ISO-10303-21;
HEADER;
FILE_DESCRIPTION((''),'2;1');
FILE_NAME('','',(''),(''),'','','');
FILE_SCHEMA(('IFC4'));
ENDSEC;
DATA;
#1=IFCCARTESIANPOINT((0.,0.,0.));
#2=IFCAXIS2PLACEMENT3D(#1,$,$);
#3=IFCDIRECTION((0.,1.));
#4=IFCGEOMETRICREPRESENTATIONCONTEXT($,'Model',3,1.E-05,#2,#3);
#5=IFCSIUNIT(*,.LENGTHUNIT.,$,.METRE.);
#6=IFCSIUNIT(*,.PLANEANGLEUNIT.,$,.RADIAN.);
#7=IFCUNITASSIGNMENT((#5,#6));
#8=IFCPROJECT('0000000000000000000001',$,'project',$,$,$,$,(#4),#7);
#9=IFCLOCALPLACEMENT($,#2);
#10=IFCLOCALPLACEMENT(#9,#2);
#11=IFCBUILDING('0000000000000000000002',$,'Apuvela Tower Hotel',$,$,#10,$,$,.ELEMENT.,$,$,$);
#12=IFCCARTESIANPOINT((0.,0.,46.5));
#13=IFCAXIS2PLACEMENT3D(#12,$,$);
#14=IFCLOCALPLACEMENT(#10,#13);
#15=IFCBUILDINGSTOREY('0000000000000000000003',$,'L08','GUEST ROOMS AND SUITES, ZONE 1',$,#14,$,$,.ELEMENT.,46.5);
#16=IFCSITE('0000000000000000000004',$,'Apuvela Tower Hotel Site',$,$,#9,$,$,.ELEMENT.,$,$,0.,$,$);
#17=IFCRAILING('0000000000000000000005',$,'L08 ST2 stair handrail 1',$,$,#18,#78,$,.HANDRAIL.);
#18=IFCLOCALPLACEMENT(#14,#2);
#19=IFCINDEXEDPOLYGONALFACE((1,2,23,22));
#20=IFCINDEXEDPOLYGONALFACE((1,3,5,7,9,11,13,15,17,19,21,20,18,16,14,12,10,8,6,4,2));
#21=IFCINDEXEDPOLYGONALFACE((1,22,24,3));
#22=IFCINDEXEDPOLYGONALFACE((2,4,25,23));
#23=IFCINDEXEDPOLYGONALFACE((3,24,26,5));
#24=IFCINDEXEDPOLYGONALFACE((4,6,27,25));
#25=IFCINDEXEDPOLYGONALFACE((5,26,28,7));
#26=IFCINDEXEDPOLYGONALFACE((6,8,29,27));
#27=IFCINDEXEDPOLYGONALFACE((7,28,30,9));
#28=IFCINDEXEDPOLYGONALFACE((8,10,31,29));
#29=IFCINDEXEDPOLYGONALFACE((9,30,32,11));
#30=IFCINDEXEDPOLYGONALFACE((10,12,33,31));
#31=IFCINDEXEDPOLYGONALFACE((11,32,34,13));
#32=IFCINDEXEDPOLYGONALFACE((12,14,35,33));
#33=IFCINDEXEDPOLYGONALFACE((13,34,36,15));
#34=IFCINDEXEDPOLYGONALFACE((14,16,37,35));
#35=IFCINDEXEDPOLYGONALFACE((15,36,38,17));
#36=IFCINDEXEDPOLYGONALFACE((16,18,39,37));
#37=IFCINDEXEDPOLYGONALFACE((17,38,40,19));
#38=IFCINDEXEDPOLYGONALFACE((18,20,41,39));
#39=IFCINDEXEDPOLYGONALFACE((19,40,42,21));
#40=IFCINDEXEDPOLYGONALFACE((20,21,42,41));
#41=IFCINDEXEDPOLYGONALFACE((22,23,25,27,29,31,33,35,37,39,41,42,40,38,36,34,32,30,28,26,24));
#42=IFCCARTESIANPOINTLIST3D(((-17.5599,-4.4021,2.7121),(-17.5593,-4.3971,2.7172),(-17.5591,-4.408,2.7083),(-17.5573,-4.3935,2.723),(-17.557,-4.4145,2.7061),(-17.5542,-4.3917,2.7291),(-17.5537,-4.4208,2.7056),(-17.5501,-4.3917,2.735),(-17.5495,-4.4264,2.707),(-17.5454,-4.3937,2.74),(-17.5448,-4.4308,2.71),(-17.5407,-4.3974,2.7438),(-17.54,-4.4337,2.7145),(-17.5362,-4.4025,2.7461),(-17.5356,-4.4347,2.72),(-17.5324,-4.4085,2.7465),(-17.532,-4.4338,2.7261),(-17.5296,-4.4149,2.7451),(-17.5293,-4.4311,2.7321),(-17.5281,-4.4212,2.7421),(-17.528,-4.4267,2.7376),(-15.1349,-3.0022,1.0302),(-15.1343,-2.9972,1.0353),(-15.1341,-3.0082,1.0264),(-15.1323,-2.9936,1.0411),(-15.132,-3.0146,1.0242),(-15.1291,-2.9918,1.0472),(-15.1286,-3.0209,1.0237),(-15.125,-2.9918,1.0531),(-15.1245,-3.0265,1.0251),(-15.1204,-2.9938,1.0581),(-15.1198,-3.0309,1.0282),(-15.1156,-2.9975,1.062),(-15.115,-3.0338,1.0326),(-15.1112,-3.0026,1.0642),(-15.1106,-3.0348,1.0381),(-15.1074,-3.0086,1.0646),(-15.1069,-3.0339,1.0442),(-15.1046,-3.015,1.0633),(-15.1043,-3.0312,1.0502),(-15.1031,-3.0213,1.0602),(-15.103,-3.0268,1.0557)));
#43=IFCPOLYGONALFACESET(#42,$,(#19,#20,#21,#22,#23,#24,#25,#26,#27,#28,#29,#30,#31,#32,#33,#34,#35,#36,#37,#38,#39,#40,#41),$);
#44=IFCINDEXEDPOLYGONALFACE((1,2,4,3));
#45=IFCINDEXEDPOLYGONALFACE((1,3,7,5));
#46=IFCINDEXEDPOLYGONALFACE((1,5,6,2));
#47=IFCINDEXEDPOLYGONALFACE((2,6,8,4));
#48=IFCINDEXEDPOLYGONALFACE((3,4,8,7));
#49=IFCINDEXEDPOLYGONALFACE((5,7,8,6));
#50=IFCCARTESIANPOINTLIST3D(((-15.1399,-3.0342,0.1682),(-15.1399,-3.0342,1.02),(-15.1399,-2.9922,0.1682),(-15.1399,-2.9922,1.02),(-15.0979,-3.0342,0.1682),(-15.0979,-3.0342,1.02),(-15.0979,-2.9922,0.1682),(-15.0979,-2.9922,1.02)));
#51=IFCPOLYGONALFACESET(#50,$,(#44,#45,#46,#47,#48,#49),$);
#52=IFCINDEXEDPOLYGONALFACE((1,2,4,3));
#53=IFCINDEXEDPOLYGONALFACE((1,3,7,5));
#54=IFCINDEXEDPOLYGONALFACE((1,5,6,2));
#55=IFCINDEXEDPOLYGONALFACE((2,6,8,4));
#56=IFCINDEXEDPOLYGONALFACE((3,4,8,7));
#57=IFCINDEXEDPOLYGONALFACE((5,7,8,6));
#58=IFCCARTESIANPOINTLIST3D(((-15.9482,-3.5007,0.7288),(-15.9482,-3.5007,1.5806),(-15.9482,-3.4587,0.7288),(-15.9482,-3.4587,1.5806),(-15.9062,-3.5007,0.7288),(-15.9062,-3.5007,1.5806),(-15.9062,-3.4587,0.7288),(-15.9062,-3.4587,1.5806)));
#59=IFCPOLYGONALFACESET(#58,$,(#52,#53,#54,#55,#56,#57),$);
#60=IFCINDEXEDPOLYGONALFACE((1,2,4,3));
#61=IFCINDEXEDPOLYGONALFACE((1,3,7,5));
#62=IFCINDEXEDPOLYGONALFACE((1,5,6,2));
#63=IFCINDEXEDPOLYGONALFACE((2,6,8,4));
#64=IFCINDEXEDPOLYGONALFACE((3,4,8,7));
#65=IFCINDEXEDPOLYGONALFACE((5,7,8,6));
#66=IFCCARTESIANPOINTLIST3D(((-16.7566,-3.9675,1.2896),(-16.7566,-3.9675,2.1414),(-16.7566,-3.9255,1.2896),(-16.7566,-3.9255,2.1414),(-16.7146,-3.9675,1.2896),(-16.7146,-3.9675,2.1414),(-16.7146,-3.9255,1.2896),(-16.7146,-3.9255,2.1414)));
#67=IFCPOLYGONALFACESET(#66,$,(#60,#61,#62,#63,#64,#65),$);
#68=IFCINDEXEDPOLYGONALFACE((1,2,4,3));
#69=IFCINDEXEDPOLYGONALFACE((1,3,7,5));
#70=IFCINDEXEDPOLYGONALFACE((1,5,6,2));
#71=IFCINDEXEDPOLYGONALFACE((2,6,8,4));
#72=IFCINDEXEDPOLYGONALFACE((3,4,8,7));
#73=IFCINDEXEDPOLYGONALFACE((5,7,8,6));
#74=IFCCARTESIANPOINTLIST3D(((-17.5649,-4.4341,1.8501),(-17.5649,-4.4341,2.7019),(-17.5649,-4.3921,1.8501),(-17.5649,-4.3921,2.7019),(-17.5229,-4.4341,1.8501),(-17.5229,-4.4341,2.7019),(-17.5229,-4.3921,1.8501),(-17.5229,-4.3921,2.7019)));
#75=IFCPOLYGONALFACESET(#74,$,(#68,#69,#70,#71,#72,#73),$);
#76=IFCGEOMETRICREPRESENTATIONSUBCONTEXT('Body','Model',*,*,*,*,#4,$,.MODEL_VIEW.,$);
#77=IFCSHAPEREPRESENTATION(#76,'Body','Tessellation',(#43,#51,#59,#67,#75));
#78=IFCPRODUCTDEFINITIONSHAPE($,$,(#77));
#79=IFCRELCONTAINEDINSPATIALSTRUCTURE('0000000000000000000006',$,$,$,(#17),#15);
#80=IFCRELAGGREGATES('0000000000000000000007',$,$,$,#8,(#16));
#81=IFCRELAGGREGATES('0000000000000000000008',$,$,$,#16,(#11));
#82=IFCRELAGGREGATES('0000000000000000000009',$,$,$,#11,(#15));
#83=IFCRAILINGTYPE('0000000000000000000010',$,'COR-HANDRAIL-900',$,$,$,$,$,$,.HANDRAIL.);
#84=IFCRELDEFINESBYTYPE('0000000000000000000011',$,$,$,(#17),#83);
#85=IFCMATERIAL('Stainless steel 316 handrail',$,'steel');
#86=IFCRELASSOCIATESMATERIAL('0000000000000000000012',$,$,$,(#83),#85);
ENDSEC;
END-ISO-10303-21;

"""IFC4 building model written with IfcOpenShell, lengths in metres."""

from ifc_helpers import new_model, si_unit, direction, frame, origin, origin_2d, place, context, subcontext, project, spatial, rectangle, circle, extrude, material, type_object, element, save


model = new_model("IFC4")

# Units and contexts
model_context = context("Model", 3, precision=1e-05, world=origin(), true_north=direction((0.0, 1.0)))
body_context = subcontext(model_context, "Body", "Model", "MODEL_VIEW")
ifc_project = project(units=[si_unit("LENGTHUNIT", "METRE"), si_unit("PLANEANGLEUNIT", "RADIAN")], contexts=[model_context])

# Site, building, storey
site_placement = place(None, origin())
site = spatial("IfcSite", under=ifc_project, at=site_placement, Name="Apuvela Tower Hotel Site", CompositionType="ELEMENT", RefElevation=0.0)
building_placement = place(site_placement, origin())
building = spatial("IfcBuilding", under=site, at=building_placement, Name="Apuvela Tower Hotel", CompositionType="ELEMENT")
storey_placement = place(building_placement, frame((0.0, 0.0, 46.5)))
storey = spatial("IfcBuildingStorey", under=building, at=storey_placement, Name="L08", Description="GUEST ROOMS AND SUITES, ZONE 1", CompositionType="ELEMENT", Elevation=46.5)

# Railing
ifc_material_1 = material(Name="Stainless steel 316 handrail", Category="steel")
railing_type_1 = type_object("IfcRailingType", Name="COR-HANDRAIL-900", PredefinedType="HANDRAIL", material=ifc_material_1)
railing_1_placement = place(storey_placement, frame((-15.1189, -3.0132, 0.1682)))
element("IfcRailing", 1, at=railing_1_placement, inside=storey, type_object=railing_type_1, Name="L08 ST2 stair handrail 1", PredefinedType="HANDRAIL", context=body_context, shape_type="SweptSolid", body=[
    extrude(circle(Radius=0.0239, at=origin_2d()), frame((0.0, 0.0, 0.876), z_axis=(-0.742424, -0.428577, 0.514906), x_axis=(0.499946, -0.866056, 0.0)), (0.0, 0.0, 1.0), 3.2664),
    extrude(rectangle(XDim=0.042, YDim=0.042, at=origin_2d()), origin(), (0.0, 0.0, 1.0), 0.8518),
    extrude(rectangle(XDim=0.042, YDim=0.042, at=origin_2d()), frame((-0.8083, -0.4666, 0.5605)), (0.0, 0.0, 1.0), 0.8518),
    extrude(rectangle(XDim=0.042, YDim=0.042, at=origin_2d()), frame((-1.6167, -0.9333, 1.1213)), (0.0, 0.0, 1.0), 0.8518),
    extrude(rectangle(XDim=0.042, YDim=0.042, at=origin_2d()), frame((-2.425, -1.3999, 1.6819)), (0.0, 0.0, 1.0), 0.8518),
])

save(model, "model.ifc")
